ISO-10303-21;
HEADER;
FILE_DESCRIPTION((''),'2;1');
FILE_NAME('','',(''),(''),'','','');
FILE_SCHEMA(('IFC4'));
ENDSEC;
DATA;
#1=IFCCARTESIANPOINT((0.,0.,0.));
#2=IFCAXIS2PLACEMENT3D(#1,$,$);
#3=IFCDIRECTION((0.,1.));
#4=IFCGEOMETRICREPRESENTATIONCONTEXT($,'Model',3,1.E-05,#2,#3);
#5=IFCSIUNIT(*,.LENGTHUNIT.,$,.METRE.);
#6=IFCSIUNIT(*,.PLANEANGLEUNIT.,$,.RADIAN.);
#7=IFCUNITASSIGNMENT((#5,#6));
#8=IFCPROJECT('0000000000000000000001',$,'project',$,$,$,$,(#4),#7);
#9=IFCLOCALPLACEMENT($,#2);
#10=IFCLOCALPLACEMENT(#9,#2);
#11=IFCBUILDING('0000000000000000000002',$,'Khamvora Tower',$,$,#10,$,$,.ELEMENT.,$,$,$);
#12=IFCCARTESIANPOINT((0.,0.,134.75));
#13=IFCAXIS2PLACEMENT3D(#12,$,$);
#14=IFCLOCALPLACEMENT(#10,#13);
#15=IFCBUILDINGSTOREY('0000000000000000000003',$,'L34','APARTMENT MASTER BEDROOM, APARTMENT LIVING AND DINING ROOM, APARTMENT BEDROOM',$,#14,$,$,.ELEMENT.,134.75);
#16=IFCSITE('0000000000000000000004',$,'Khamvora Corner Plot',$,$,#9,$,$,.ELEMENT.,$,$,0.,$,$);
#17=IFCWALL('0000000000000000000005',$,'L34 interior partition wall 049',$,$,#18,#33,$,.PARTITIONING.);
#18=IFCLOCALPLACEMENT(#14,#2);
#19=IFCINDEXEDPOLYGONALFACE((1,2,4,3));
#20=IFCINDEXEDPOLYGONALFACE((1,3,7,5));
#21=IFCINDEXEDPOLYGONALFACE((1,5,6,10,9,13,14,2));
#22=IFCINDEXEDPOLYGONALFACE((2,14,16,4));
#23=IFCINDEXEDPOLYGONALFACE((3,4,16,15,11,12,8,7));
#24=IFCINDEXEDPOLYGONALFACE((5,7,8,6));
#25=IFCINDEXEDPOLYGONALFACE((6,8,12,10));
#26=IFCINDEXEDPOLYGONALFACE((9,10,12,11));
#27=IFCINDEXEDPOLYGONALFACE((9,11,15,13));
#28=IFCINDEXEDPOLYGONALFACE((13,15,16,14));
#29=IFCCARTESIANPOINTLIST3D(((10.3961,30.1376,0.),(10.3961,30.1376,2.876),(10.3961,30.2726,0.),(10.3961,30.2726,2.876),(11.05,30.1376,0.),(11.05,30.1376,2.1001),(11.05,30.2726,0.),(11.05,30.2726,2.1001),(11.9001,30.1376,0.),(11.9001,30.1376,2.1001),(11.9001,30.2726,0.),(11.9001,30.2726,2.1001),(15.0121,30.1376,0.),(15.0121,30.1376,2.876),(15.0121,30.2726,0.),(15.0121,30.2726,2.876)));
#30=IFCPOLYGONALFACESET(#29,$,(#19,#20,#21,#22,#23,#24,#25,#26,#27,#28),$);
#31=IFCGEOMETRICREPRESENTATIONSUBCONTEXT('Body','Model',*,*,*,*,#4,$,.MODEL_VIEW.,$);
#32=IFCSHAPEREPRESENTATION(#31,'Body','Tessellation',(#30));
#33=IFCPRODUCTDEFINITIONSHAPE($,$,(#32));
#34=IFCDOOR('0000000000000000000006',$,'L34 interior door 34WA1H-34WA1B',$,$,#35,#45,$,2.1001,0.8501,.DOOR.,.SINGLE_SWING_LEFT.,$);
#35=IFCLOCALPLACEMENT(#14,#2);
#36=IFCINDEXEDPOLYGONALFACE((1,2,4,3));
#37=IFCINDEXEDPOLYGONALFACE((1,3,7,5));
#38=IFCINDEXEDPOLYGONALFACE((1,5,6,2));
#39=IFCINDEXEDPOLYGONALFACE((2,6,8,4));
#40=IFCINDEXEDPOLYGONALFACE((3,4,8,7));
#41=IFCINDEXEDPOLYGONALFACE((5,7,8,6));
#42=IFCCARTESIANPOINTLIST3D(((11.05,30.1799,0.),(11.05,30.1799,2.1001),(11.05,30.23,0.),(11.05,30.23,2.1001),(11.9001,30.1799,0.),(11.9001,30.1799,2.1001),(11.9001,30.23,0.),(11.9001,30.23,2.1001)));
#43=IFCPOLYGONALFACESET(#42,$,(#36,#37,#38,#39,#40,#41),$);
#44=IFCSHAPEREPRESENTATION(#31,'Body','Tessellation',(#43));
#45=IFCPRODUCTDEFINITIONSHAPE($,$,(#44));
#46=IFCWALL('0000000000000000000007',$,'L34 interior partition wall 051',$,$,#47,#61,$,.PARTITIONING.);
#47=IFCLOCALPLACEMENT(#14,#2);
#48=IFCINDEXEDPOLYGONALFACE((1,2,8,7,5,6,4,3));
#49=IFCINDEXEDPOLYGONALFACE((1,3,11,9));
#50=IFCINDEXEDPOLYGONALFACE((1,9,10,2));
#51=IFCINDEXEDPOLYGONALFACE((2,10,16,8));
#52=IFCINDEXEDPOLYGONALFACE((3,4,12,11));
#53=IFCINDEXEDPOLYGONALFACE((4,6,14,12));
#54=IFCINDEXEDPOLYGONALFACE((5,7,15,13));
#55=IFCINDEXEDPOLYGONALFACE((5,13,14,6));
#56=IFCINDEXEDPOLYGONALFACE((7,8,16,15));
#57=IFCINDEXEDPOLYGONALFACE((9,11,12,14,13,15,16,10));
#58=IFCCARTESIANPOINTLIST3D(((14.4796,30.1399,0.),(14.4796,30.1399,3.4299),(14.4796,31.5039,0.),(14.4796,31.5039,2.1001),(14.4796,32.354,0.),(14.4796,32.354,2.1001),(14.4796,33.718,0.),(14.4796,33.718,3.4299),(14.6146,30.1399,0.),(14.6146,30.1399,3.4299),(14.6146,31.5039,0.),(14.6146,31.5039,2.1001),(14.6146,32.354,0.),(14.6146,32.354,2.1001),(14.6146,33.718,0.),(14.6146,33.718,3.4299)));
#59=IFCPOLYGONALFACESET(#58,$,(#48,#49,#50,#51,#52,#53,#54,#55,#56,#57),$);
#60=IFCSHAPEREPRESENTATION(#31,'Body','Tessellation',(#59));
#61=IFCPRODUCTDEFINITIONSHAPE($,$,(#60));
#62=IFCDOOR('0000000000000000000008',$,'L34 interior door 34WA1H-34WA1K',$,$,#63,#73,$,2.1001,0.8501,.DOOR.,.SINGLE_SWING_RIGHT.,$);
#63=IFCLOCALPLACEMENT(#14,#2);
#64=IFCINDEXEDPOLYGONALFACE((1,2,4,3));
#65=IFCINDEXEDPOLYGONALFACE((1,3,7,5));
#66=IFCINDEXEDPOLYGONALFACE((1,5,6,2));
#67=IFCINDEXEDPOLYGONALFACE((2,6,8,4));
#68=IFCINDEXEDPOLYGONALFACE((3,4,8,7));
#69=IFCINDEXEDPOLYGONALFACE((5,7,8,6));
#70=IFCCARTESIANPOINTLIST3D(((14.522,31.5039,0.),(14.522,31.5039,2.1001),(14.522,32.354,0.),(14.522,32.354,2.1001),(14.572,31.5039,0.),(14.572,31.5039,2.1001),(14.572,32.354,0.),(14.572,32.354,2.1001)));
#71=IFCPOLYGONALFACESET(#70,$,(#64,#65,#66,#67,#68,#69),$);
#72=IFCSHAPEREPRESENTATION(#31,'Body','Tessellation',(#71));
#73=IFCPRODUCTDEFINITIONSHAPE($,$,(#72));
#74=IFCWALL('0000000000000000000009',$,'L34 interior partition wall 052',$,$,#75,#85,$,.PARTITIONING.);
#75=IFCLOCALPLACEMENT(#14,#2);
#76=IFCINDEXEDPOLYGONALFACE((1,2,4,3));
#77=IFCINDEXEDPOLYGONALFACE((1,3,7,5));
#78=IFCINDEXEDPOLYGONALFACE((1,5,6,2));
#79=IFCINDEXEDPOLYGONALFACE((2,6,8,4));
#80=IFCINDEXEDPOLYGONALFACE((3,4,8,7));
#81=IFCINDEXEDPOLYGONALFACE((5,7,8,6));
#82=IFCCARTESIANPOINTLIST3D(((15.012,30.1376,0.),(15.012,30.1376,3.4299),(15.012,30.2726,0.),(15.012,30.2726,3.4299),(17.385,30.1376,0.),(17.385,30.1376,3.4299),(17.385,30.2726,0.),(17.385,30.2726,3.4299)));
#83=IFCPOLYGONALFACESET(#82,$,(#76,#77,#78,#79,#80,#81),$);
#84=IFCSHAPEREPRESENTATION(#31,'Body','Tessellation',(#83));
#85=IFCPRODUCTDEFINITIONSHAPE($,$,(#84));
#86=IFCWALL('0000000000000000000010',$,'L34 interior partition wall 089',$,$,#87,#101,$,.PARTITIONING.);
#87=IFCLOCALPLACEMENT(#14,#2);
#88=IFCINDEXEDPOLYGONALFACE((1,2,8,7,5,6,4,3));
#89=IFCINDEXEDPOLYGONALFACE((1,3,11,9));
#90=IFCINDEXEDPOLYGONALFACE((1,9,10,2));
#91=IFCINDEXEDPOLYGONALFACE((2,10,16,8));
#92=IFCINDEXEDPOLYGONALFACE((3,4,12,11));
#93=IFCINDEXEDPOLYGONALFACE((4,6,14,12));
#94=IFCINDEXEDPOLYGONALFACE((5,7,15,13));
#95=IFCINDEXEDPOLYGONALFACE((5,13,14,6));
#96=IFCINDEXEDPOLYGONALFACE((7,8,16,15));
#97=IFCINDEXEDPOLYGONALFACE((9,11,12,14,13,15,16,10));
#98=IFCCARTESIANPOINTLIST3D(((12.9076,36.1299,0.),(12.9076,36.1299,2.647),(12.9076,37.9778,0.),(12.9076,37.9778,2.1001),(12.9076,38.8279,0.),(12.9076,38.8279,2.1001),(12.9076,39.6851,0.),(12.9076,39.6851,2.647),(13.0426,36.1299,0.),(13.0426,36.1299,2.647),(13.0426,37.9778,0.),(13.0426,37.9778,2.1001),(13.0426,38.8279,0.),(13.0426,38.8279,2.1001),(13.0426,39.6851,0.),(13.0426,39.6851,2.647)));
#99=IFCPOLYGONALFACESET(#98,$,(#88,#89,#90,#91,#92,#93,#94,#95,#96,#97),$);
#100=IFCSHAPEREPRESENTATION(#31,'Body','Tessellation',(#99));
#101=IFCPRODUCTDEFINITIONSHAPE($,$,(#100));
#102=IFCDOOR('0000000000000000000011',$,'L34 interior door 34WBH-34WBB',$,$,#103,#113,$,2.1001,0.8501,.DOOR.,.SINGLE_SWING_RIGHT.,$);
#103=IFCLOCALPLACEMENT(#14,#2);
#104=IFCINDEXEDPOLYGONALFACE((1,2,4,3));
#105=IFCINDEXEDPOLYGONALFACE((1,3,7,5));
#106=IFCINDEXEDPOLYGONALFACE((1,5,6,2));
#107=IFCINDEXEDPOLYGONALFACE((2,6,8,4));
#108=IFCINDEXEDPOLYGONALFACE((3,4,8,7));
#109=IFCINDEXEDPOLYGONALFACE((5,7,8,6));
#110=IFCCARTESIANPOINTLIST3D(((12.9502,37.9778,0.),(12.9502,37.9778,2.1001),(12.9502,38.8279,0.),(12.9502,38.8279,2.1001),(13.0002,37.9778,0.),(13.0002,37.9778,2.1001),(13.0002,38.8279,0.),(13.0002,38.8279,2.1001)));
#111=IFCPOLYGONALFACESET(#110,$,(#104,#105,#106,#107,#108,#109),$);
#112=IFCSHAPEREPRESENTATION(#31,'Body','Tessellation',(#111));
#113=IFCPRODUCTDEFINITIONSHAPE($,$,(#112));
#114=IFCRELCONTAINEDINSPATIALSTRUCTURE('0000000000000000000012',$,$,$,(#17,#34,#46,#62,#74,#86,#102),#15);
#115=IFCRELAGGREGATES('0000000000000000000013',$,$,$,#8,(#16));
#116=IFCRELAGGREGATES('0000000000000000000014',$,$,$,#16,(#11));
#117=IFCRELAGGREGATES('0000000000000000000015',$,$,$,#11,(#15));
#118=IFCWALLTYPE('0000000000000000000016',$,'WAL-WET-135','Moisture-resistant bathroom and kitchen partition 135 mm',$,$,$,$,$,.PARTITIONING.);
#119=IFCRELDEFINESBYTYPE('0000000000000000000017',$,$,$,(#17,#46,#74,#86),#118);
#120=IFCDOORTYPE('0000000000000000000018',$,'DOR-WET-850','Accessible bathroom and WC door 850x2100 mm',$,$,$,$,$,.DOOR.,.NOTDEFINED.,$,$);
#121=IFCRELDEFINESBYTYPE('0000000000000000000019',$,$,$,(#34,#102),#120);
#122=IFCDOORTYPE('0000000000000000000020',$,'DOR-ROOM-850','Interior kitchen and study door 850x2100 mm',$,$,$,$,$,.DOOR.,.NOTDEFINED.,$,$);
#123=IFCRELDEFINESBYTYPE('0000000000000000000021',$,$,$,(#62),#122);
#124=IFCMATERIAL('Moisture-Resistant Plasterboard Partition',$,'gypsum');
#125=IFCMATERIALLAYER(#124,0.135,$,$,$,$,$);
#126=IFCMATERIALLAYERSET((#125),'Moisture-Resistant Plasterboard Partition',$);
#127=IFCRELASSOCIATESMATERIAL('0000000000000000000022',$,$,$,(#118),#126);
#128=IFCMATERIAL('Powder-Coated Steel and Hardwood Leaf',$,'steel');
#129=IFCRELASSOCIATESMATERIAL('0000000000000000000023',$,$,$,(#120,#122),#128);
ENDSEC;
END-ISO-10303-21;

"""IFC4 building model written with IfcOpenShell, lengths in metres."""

from ifc_helpers import new_model, si_unit, direction, frame, frame_2d, origin, place, context, subcontext, project, spatial, rectangle, extrude, material, layer, layer_set, type_object, element, fill, save


model = new_model("IFC4")

# Units and contexts
model_context = context("Model", 3, precision=1e-05, world=origin(), true_north=direction((0.0, 1.0)))
body_context = subcontext(model_context, "Body", "Model", "MODEL_VIEW")
ifc_project = project(units=[si_unit("LENGTHUNIT", "METRE"), si_unit("PLANEANGLEUNIT", "RADIAN")], contexts=[model_context])

# Site, building, storey
site_placement = place(None, origin())
site = spatial("IfcSite", under=ifc_project, at=site_placement, Name="Khamvora Corner Plot", CompositionType="ELEMENT", RefElevation=0.0)
building_placement = place(site_placement, origin())
building = spatial("IfcBuilding", under=site, at=building_placement, Name="Khamvora Tower", CompositionType="ELEMENT")
storey_placement = place(building_placement, frame((0.0, 0.0, 134.75)))
storey = spatial("IfcBuildingStorey", under=building, at=storey_placement, Name="L34", Description="APARTMENT MASTER BEDROOM, APARTMENT LIVING AND DINING ROOM, APARTMENT BEDROOM", CompositionType="ELEMENT", Elevation=134.75)

# Shared definitions
ifc_material_1 = material(Name="Powder-Coated Steel and Hardwood Leaf", Category="steel")

# Walls, openings, doors
ifc_material_2 = material(Name="Moisture-Resistant Plasterboard Partition", Category="gypsum")
ifc_layer_1 = layer(ifc_material_2, 0.135)
ifc_layer_set_1 = layer_set([ifc_layer_1], Name="Moisture-Resistant Plasterboard Partition")
wall_type_1 = type_object("IfcWallType", Name="WAL-WET-135", Description="Moisture-resistant bathroom and kitchen partition 135 mm", PredefinedType="PARTITIONING", material=ifc_layer_set_1)
wall_1_placement = place(storey_placement, frame((10.396, 30.2051, 0.0), z_axis=(0.0, 0.0, 1.0), x_axis=(1.0, 0.0, 0.0)))
wall_1 = element("IfcWall", 1, at=wall_1_placement, inside=storey, type_object=wall_type_1, Name="L34 interior partition wall 049", PredefinedType="PARTITIONING", context=body_context, shape_type="SweptSolid", body=[
    extrude(rectangle(XDim=4.616, YDim=0.135, at=frame_2d((2.3081, 0.0))), origin(), (0.0, 0.0, 1.0), 2.876),
])
opening_1_placement = place(wall_1_placement, frame((0.6541, 0.0, 0.0)))
opening_1 = element("IfcOpeningElement", 2, at=opening_1_placement, cuts=wall_1, PredefinedType="OPENING", context=body_context, shape_type="SweptSolid", body=[
    extrude(rectangle(XDim=0.8501, YDim=2.1001, at=frame_2d((0.425, 1.05))), frame((0.0, 0.0774, 0.0), z_axis=(0.0, -1.0, 0.0), x_axis=(1.0, 0.0, 0.0)), (0.0, 0.0, 1.0), 0.155),
])
door_type_1 = type_object("IfcDoorType", Name="DOR-WET-850", Description="Accessible bathroom and WC door 850x2100 mm", OperationType="NOTDEFINED", PredefinedType="DOOR", material=ifc_material_1)
door_1_placement = place(opening_1_placement, origin())
door_1 = element("IfcDoor", 3, at=door_1_placement, inside=storey, type_object=door_type_1, Name="L34 interior door 34WA1H-34WA1B", OperationType="SINGLE_SWING_LEFT", OverallHeight=2.1001, OverallWidth=0.8501, PredefinedType="DOOR", context=body_context, shape_type="SweptSolid", body=[
    extrude(rectangle(XDim=0.8501, YDim=2.1001, at=frame_2d((0.425, 1.05))), frame((0.0, 0.0249, 0.0), z_axis=(0.0, -1.0, 0.0), x_axis=(1.0, 0.0, 0.0)), (0.0, 0.0, 1.0), 0.05),
])
fill(opening_1, door_1)
wall_2_placement = place(storey_placement, frame((14.5471, 33.718, 0.0), z_axis=(0.0, 0.0, 1.0), x_axis=(0.0, -1.0, 0.0)))
wall_2 = element("IfcWall", 4, at=wall_2_placement, inside=storey, type_object=wall_type_1, Name="L34 interior partition wall 051", PredefinedType="PARTITIONING", context=body_context, shape_type="SweptSolid", body=[
    extrude(rectangle(XDim=3.5781, YDim=0.135, at=frame_2d((1.7891, 0.0))), origin(), (0.0, 0.0, 1.0), 3.4299),
])
opening_2_placement = place(wall_2_placement, frame((1.364, 0.0, 0.0)))
opening_2 = element("IfcOpeningElement", 5, at=opening_2_placement, cuts=wall_2, PredefinedType="OPENING", context=body_context, shape_type="SweptSolid", body=[
    extrude(rectangle(XDim=0.8501, YDim=2.1001, at=frame_2d((0.425, 1.05))), frame((0.0, 0.0774, 0.0), z_axis=(0.0, -1.0, 0.0), x_axis=(1.0, 0.0, 0.0)), (0.0, 0.0, 1.0), 0.155),
])
door_type_2 = type_object("IfcDoorType", Name="DOR-ROOM-850", Description="Interior kitchen and study door 850x2100 mm", OperationType="NOTDEFINED", PredefinedType="DOOR", material=ifc_material_1)
door_2_placement = place(opening_2_placement, origin())
door_2 = element("IfcDoor", 6, at=door_2_placement, inside=storey, type_object=door_type_2, Name="L34 interior door 34WA1H-34WA1K", OperationType="SINGLE_SWING_RIGHT", OverallHeight=2.1001, OverallWidth=0.8501, PredefinedType="DOOR", context=body_context, shape_type="SweptSolid", body=[
    extrude(rectangle(XDim=0.8501, YDim=2.1001, at=frame_2d((0.425, 1.05))), frame((0.0, 0.0249, 0.0), z_axis=(0.0, -1.0, 0.0), x_axis=(1.0, 0.0, 0.0)), (0.0, 0.0, 1.0), 0.05),
])
fill(opening_2, door_2)

# Wall
wall_3_placement = place(storey_placement, frame((15.012, 30.2051, 0.0), z_axis=(0.0, 0.0, 1.0), x_axis=(1.0, 0.0, 0.0)))
element("IfcWall", 7, at=wall_3_placement, inside=storey, type_object=wall_type_1, Name="L34 interior partition wall 052", PredefinedType="PARTITIONING", context=body_context, shape_type="SweptSolid", body=[
    extrude(rectangle(XDim=2.373, YDim=0.135, at=frame_2d((1.1865, 0.0))), origin(), (0.0, 0.0, 1.0), 3.4299),
])

# Wall, opening, door
wall_4_placement = place(storey_placement, frame((12.9751, 36.1299, 0.0), z_axis=(0.0, 0.0, 1.0), x_axis=(0.0, 1.0, 0.0)))
wall_4 = element("IfcWall", 8, at=wall_4_placement, inside=storey, type_object=wall_type_1, Name="L34 interior partition wall 089", PredefinedType="PARTITIONING", context=body_context, shape_type="SweptSolid", body=[
    extrude(rectangle(XDim=3.5552, YDim=0.135, at=frame_2d((1.7776, 0.0))), origin(), (0.0, 0.0, 1.0), 2.647),
])
opening_3_placement = place(wall_4_placement, frame((1.8479, 0.0, 0.0)))
opening_3 = element("IfcOpeningElement", 9, at=opening_3_placement, cuts=wall_4, PredefinedType="OPENING", context=body_context, shape_type="SweptSolid", body=[
    extrude(rectangle(XDim=0.8501, YDim=2.1001, at=frame_2d((0.425, 1.05))), frame((0.0, 0.0774, 0.0), z_axis=(0.0, -1.0, 0.0), x_axis=(1.0, 0.0, 0.0)), (0.0, 0.0, 1.0), 0.155),
])
door_3_placement = place(opening_3_placement, origin())
door_3 = element("IfcDoor", 10, at=door_3_placement, inside=storey, type_object=door_type_1, Name="L34 interior door 34WBH-34WBB", OperationType="SINGLE_SWING_RIGHT", OverallHeight=2.1001, OverallWidth=0.8501, PredefinedType="DOOR", context=body_context, shape_type="SweptSolid", body=[
    extrude(rectangle(XDim=0.8501, YDim=2.1001, at=frame_2d((0.425, 1.05))), frame((0.0, 0.0249, 0.0), z_axis=(0.0, -1.0, 0.0), x_axis=(1.0, 0.0, 0.0)), (0.0, 0.0, 1.0), 0.05),
])
fill(opening_3, door_3)

save(model, "model.ifc")
